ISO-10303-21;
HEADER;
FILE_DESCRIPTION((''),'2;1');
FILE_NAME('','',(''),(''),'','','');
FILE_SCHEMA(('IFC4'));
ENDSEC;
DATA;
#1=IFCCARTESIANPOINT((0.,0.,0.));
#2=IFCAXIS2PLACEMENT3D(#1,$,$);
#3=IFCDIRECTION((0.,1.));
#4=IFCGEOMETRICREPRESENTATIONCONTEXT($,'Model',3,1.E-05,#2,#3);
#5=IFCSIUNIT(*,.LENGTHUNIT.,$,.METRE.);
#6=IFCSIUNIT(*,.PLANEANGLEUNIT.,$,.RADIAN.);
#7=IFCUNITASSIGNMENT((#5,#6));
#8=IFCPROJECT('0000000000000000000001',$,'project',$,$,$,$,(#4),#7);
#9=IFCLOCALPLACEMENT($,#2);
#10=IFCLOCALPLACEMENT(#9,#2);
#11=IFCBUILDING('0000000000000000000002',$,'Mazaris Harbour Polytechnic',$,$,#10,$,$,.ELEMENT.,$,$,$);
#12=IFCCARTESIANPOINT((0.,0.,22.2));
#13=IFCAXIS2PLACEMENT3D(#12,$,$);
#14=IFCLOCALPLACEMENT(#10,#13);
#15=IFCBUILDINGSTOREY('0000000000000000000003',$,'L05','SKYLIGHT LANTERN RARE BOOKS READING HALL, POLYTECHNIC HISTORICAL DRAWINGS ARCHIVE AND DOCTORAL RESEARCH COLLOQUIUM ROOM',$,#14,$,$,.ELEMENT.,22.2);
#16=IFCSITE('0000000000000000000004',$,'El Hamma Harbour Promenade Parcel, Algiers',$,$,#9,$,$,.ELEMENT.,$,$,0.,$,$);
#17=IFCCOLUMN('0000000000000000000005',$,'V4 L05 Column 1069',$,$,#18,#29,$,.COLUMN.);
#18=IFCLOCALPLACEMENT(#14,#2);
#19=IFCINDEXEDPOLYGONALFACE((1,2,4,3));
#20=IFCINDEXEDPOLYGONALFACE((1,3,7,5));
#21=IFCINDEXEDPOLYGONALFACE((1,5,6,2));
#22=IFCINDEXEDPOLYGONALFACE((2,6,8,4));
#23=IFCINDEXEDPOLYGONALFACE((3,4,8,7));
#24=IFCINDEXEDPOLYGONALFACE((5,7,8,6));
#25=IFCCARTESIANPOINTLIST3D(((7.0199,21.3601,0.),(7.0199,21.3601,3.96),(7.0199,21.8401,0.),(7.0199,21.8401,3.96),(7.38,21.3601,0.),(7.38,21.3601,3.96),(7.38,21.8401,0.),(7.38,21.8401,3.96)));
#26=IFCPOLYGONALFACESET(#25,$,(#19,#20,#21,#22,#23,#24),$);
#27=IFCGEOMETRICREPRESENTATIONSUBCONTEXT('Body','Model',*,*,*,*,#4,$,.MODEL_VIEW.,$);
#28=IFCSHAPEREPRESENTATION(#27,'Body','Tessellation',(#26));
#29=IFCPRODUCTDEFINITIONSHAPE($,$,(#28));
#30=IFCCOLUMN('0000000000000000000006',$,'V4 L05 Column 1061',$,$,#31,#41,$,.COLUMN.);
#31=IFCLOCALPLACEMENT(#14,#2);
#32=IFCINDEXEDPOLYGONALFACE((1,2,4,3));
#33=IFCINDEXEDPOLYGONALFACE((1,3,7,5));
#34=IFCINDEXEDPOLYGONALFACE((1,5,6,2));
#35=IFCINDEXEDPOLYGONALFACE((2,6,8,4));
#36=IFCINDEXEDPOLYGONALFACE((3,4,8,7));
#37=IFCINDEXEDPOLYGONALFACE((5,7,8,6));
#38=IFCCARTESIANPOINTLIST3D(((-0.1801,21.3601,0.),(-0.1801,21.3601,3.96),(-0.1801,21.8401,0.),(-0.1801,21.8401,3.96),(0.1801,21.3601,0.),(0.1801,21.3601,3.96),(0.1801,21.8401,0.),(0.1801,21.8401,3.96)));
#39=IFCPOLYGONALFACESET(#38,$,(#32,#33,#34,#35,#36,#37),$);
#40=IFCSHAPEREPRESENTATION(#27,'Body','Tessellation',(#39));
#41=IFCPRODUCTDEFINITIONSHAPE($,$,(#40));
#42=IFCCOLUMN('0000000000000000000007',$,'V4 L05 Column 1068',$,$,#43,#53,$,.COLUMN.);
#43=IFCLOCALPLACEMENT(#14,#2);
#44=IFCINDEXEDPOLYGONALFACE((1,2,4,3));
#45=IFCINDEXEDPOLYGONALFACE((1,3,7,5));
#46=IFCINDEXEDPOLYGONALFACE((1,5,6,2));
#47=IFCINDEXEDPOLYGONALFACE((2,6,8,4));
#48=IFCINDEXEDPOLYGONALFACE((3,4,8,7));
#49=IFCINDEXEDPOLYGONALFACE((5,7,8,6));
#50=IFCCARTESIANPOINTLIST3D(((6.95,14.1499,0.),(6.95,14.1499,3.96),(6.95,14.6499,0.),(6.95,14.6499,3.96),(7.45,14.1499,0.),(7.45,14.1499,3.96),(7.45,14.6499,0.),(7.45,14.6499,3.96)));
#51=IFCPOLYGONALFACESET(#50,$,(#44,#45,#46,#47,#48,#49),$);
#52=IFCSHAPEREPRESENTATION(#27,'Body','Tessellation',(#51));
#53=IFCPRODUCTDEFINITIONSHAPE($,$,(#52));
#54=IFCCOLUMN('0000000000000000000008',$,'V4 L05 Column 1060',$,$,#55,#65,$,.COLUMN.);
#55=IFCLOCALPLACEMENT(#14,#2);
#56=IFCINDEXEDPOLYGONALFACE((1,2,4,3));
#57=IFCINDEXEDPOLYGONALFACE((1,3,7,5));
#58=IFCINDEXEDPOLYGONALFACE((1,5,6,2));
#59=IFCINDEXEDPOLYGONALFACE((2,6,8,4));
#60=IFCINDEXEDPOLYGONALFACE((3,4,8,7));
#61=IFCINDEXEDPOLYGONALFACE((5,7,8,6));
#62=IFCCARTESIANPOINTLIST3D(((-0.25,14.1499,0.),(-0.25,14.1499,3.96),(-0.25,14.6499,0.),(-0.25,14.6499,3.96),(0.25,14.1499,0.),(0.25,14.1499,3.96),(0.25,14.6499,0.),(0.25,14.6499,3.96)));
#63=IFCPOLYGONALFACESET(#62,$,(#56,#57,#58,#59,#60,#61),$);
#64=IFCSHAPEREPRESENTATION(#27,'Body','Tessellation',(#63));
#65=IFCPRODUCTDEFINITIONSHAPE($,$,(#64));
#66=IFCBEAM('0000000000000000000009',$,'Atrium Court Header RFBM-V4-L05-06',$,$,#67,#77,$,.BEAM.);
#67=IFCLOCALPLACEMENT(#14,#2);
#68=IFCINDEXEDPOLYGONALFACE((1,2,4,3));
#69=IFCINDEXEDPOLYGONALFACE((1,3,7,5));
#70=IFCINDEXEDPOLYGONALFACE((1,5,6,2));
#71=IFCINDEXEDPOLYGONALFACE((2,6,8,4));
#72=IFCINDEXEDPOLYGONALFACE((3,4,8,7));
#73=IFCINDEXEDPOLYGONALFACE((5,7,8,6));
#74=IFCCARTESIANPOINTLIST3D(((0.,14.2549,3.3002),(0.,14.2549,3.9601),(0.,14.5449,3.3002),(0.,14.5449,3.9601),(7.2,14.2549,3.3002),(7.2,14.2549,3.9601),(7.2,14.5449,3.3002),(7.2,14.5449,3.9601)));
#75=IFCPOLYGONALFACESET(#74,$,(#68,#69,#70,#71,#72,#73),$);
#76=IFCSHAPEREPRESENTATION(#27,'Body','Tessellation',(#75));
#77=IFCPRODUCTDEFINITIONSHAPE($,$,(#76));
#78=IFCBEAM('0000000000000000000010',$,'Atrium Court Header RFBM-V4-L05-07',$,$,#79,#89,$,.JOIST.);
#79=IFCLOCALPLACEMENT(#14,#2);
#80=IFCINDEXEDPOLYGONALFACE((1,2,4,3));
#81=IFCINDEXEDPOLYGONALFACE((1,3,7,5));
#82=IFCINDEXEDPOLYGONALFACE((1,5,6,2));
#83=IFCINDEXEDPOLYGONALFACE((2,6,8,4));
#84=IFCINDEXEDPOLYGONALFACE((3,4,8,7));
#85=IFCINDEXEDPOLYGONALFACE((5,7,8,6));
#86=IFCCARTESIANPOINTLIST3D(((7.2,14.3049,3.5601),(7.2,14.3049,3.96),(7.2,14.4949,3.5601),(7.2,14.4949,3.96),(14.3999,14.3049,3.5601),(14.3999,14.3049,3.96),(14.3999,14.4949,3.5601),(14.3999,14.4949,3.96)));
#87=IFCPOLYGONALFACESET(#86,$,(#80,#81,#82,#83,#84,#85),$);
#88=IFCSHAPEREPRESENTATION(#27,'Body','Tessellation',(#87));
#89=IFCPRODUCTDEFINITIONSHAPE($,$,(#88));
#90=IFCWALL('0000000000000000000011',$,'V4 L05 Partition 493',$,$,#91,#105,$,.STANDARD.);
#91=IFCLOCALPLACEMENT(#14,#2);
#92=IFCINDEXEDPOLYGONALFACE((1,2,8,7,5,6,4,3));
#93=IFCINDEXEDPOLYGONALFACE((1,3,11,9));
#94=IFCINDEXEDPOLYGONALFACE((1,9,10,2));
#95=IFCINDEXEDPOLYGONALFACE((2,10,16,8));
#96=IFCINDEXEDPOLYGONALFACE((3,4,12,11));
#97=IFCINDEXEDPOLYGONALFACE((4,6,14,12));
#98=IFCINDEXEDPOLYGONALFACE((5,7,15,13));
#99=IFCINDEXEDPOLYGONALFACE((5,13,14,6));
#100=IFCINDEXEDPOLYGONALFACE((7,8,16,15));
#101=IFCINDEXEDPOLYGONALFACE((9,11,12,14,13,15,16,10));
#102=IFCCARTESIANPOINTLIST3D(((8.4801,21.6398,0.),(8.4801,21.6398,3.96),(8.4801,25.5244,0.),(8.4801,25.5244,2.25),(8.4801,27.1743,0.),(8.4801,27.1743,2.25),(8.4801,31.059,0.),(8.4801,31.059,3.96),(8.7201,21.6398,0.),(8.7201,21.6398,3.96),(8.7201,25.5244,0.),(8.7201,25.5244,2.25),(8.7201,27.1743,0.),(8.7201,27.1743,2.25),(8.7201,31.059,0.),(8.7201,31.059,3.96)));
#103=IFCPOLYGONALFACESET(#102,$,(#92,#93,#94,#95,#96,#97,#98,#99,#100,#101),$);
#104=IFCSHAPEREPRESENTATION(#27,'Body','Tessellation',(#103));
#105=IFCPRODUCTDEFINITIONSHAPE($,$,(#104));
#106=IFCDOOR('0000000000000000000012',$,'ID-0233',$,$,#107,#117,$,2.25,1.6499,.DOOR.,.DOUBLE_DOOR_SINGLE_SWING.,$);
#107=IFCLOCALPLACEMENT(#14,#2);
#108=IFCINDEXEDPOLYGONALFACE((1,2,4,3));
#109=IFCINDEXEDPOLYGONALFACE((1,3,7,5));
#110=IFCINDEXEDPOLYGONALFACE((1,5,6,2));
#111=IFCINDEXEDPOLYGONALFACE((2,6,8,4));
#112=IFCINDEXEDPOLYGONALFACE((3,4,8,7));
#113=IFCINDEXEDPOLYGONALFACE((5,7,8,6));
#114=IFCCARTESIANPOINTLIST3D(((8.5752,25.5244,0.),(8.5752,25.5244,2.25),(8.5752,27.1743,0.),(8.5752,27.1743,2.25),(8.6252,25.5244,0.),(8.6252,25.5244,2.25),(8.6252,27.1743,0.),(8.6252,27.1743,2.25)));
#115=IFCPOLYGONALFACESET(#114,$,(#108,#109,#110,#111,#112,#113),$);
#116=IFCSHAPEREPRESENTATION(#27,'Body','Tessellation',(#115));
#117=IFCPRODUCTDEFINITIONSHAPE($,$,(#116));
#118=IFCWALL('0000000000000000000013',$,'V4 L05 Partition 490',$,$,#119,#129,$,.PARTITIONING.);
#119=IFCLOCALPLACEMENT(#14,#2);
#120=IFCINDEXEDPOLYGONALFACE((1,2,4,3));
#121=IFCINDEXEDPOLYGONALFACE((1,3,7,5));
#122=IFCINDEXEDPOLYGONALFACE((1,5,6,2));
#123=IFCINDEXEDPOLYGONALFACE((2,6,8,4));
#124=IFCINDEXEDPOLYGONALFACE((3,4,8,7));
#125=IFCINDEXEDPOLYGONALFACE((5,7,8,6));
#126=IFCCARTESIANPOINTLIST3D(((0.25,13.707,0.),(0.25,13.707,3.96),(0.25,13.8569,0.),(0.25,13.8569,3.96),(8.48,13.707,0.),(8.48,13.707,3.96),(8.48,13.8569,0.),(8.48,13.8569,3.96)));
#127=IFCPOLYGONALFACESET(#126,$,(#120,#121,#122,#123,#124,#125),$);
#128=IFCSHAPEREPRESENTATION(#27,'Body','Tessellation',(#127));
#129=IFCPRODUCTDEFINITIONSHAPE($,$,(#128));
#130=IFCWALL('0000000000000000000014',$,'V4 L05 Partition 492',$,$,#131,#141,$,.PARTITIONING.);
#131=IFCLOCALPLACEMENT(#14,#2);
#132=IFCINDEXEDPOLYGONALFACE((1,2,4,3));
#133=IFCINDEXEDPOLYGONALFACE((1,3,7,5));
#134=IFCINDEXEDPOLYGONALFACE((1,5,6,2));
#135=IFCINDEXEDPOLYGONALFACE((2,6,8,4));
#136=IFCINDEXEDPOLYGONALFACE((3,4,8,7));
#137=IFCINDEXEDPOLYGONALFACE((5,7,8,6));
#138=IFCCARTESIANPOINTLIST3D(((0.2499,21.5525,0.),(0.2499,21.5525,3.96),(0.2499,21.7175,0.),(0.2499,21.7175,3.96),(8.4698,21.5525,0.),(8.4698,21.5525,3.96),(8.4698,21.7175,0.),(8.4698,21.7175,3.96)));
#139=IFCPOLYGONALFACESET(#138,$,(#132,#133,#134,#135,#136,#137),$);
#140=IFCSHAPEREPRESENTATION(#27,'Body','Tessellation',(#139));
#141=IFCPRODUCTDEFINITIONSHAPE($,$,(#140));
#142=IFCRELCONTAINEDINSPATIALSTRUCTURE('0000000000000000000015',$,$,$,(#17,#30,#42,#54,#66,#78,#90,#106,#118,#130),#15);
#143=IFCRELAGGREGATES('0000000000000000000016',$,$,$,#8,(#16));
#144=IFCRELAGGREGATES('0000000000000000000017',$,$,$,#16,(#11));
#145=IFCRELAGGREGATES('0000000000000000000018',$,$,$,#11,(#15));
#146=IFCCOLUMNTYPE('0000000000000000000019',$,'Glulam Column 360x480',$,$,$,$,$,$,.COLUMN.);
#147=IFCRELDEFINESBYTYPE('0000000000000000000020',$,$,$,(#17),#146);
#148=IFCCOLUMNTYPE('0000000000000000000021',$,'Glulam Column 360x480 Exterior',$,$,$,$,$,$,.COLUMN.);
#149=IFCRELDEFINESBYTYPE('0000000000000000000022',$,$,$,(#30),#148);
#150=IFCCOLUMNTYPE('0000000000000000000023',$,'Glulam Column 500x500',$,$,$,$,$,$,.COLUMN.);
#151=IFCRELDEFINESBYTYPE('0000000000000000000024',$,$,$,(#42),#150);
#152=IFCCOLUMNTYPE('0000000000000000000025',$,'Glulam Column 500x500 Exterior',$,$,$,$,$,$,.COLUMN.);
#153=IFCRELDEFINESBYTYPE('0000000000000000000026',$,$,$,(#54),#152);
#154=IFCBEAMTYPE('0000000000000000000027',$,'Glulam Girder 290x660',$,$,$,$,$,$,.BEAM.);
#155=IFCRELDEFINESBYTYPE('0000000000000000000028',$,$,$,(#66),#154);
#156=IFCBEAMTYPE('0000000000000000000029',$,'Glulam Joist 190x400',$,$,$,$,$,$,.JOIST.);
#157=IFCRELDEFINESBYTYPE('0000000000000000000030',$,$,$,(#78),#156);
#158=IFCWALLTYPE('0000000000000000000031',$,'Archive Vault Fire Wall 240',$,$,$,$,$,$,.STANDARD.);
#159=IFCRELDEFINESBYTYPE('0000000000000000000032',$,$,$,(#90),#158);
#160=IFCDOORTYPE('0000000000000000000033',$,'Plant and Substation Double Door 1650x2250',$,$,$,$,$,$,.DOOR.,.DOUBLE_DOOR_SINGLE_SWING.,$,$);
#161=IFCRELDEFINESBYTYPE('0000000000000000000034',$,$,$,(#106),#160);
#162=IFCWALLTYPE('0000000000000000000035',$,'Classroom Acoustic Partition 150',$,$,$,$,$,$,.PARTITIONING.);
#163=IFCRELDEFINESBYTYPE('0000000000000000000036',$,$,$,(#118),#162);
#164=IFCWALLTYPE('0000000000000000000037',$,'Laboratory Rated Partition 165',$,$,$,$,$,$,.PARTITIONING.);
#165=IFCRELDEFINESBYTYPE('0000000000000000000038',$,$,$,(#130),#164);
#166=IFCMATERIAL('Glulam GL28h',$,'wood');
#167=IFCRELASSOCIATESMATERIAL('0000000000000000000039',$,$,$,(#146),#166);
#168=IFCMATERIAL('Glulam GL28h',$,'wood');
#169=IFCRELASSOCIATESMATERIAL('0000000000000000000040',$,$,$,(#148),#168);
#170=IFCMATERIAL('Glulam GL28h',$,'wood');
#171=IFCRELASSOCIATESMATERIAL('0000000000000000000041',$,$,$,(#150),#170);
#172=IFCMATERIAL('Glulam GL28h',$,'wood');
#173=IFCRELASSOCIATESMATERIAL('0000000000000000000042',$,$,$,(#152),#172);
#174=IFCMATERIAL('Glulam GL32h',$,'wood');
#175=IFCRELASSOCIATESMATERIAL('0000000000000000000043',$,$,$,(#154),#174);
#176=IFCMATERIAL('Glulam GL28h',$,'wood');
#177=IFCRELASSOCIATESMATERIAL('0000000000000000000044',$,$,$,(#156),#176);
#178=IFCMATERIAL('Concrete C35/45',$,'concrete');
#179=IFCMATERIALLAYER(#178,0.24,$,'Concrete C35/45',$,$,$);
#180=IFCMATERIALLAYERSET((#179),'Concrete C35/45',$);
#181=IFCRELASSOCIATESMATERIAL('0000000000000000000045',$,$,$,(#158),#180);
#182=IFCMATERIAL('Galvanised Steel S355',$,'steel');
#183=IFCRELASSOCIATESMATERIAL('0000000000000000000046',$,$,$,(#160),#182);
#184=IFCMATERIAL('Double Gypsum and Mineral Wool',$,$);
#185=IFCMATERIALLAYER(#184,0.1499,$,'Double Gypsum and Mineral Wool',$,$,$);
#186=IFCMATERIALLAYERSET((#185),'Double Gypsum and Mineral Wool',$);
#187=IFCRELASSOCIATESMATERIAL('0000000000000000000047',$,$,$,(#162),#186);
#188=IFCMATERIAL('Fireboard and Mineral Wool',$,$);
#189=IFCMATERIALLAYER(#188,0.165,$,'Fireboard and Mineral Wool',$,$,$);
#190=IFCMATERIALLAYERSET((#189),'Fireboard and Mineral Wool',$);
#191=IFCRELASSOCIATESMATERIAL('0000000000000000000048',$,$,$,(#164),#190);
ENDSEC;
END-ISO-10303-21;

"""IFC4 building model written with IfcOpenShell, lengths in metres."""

from ifc_helpers import new_model, si_unit, direction, frame, frame_2d, origin, origin_2d, place, context, subcontext, project, spatial, rectangle, extrude, material, layer, layer_set, material_profile, profile_set, type_object, element, fill, save


model = new_model("IFC4")

# Units and contexts
model_context = context("Model", 3, precision=1e-05, world=origin(), true_north=direction((0.0, 1.0)))
body_context = subcontext(model_context, "Body", "Model", "MODEL_VIEW")
ifc_project = project(units=[si_unit("LENGTHUNIT", "METRE"), si_unit("PLANEANGLEUNIT", "RADIAN")], contexts=[model_context])

# Site, building, storey
site_placement = place(None, origin())
site = spatial("IfcSite", under=ifc_project, at=site_placement, Name="El Hamma Harbour Promenade Parcel, Algiers", CompositionType="ELEMENT", RefElevation=0.0)
building_placement = place(site_placement, origin())
building = spatial("IfcBuilding", under=site, at=building_placement, Name="Mazaris Harbour Polytechnic", CompositionType="ELEMENT")
storey_placement = place(building_placement, frame((0.0, 0.0, 22.2)))
storey = spatial("IfcBuildingStorey", under=building, at=storey_placement, Name="L05", Description="SKYLIGHT LANTERN RARE BOOKS READING HALL, POLYTECHNIC HISTORICAL DRAWINGS ARCHIVE AND DOCTORAL RESEARCH COLLOQUIUM ROOM", CompositionType="ELEMENT", Elevation=22.2)

# Columns
ifc_material_1 = material(Name="Glulam GL28h", Category="wood")
ifc_material_profile_1 = material_profile(ifc_material_1, rectangle(XDim=0.3601, YDim=0.48, at=origin_2d()), Name="RECT360x480")
ifc_profile_set_1 = profile_set([ifc_material_profile_1], Name="Glulam GL28h")
column_type_1 = type_object("IfcColumnType", Name="Glulam Column 360x480", PredefinedType="COLUMN", material=ifc_profile_set_1)
column_1_placement = place(storey_placement, frame((7.2, 21.6001, 0.0), z_axis=(0.0, 0.0, 1.0), x_axis=(1.0, 0.0, 0.0)))
element("IfcColumn", 1, at=column_1_placement, inside=storey, type_object=column_type_1, Name="V4 L05 Column 1069", PredefinedType="COLUMN", context=body_context, shape_type="SweptSolid", body=[
    extrude(rectangle(XDim=0.3601, YDim=0.48, at=origin_2d()), origin(), (0.0, 0.0, 1.0), 3.96),
])
ifc_material_2 = material(Name="Glulam GL28h", Category="wood")
ifc_material_profile_2 = material_profile(ifc_material_2, rectangle(XDim=0.3601, YDim=0.48, at=origin_2d()), Name="RECT360x480")
ifc_profile_set_2 = profile_set([ifc_material_profile_2], Name="Glulam GL28h")
column_type_2 = type_object("IfcColumnType", Name="Glulam Column 360x480 Exterior", PredefinedType="COLUMN", material=ifc_profile_set_2)
column_2_placement = place(storey_placement, frame((0.0, 21.6001, 0.0), z_axis=(0.0, 0.0, 1.0), x_axis=(1.0, 0.0, 0.0)))
element("IfcColumn", 2, at=column_2_placement, inside=storey, type_object=column_type_2, Name="V4 L05 Column 1061", PredefinedType="COLUMN", context=body_context, shape_type="SweptSolid", body=[
    extrude(rectangle(XDim=0.3601, YDim=0.48, at=origin_2d()), origin(), (0.0, 0.0, 1.0), 3.96),
])
ifc_material_3 = material(Name="Glulam GL28h", Category="wood")
ifc_material_profile_3 = material_profile(ifc_material_3, rectangle(XDim=0.5, YDim=0.5, at=origin_2d()), Name="RECT500x500")
ifc_profile_set_3 = profile_set([ifc_material_profile_3], Name="Glulam GL28h")
column_type_3 = type_object("IfcColumnType", Name="Glulam Column 500x500", PredefinedType="COLUMN", material=ifc_profile_set_3)
column_3_placement = place(storey_placement, frame((7.2, 14.3999, 0.0), z_axis=(0.0, 0.0, 1.0), x_axis=(1.0, 0.0, 0.0)))
element("IfcColumn", 3, at=column_3_placement, inside=storey, type_object=column_type_3, Name="V4 L05 Column 1068", PredefinedType="COLUMN", context=body_context, shape_type="SweptSolid", body=[
    extrude(rectangle(XDim=0.5, YDim=0.5, at=origin_2d()), origin(), (0.0, 0.0, 1.0), 3.96),
])
ifc_material_4 = material(Name="Glulam GL28h", Category="wood")
ifc_material_profile_4 = material_profile(ifc_material_4, rectangle(XDim=0.5, YDim=0.5, at=origin_2d()), Name="RECT500x500")
ifc_profile_set_4 = profile_set([ifc_material_profile_4], Name="Glulam GL28h")
column_type_4 = type_object("IfcColumnType", Name="Glulam Column 500x500 Exterior", PredefinedType="COLUMN", material=ifc_profile_set_4)
column_4_placement = place(storey_placement, frame((0.0, 14.3999, 0.0), z_axis=(0.0, 0.0, 1.0), x_axis=(1.0, 0.0, 0.0)))
element("IfcColumn", 4, at=column_4_placement, inside=storey, type_object=column_type_4, Name="V4 L05 Column 1060", PredefinedType="COLUMN", context=body_context, shape_type="SweptSolid", body=[
    extrude(rectangle(XDim=0.5, YDim=0.5, at=origin_2d()), origin(), (0.0, 0.0, 1.0), 3.96),
])

# Beams
ifc_material_5 = material(Name="Glulam GL32h", Category="wood")
ifc_material_profile_5 = material_profile(ifc_material_5, rectangle(XDim=0.29, YDim=0.6599, at=origin_2d()), Name="RECT290x660")
ifc_profile_set_5 = profile_set([ifc_material_profile_5], Name="Glulam GL32h")
beam_type_1 = type_object("IfcBeamType", Name="Glulam Girder 290x660", PredefinedType="BEAM", material=ifc_profile_set_5)
beam_1_placement = place(storey_placement, frame((0.0, 14.3999, 3.6301), z_axis=(1.0, 0.0, 0.0), x_axis=(0.0, 1.0, 0.0)))
element("IfcBeam", 5, at=beam_1_placement, inside=storey, type_object=beam_type_1, Name="Atrium Court Header RFBM-V4-L05-06", PredefinedType="BEAM", context=body_context, shape_type="SweptSolid", body=[
    extrude(rectangle(XDim=0.29, YDim=0.6599, at=origin_2d()), origin(), (0.0, 0.0, 1.0), 7.2),
])
ifc_material_6 = material(Name="Glulam GL28h", Category="wood")
ifc_material_profile_6 = material_profile(ifc_material_6, rectangle(XDim=0.1899, YDim=0.3999, at=origin_2d()), Name="RECT190x400")
ifc_profile_set_6 = profile_set([ifc_material_profile_6], Name="Glulam GL28h")
beam_type_2 = type_object("IfcBeamType", Name="Glulam Joist 190x400", PredefinedType="JOIST", material=ifc_profile_set_6)
beam_2_placement = place(storey_placement, frame((7.2, 14.3999, 3.76), z_axis=(1.0, 0.0, 0.0), x_axis=(0.0, 1.0, 0.0)))
element("IfcBeam", 6, at=beam_2_placement, inside=storey, type_object=beam_type_2, Name="Atrium Court Header RFBM-V4-L05-07", PredefinedType="JOIST", context=body_context, shape_type="SweptSolid", body=[
    extrude(rectangle(XDim=0.1899, YDim=0.3999, at=origin_2d()), origin(), (0.0, 0.0, 1.0), 7.2),
])

# Wall, opening, door
ifc_material_7 = material(Name="Concrete C35/45", Category="concrete")
ifc_layer_1 = layer(ifc_material_7, 0.24, Name="Concrete C35/45")
ifc_layer_set_1 = layer_set([ifc_layer_1], Name="Concrete C35/45")
wall_type_1 = type_object("IfcWallType", Name="Archive Vault Fire Wall 240", PredefinedType="STANDARD", material=ifc_layer_set_1)
wall_1_placement = place(storey_placement, frame((8.6001, 21.6399, 0.0), z_axis=(0.0, 0.0, 1.0), x_axis=(0.0, 1.0, 0.0)))
wall_1 = element("IfcWall", 7, at=wall_1_placement, inside=storey, type_object=wall_type_1, Name="V4 L05 Partition 493", PredefinedType="STANDARD", context=body_context, shape_type="SweptSolid", body=[
    extrude(rectangle(XDim=9.4192, YDim=0.24, at=frame_2d((4.7095, 0.0))), origin(), (0.0, 0.0, 1.0), 3.96),
])
opening_1_placement = place(wall_1_placement, frame((3.8845, 0.0, 0.0)))
opening_1 = element("IfcOpeningElement", 8, at=opening_1_placement, cuts=wall_1, PredefinedType="OPENING", context=body_context, shape_type="SweptSolid", body=[
    extrude(rectangle(XDim=1.6499, YDim=2.25, at=frame_2d((0.825, 1.125))), frame((0.0, 0.1299, 0.0), z_axis=(0.0, -1.0, 0.0), x_axis=(1.0, 0.0, 0.0)), (0.0, 0.0, 1.0), 0.26),
])
ifc_material_8 = material(Name="Galvanised Steel S355", Category="steel")
door_type_1 = type_object("IfcDoorType", Name="Plant and Substation Double Door 1650x2250", OperationType="DOUBLE_DOOR_SINGLE_SWING", PredefinedType="DOOR", material=ifc_material_8)
door_1_placement = place(opening_1_placement, origin())
door_1 = element("IfcDoor", 9, at=door_1_placement, inside=storey, type_object=door_type_1, Name="ID-0233", OperationType="DOUBLE_DOOR_SINGLE_SWING", OverallHeight=2.25, OverallWidth=1.6499, PredefinedType="DOOR", context=body_context, shape_type="SweptSolid", body=[
    extrude(rectangle(XDim=1.6499, YDim=2.25, at=frame_2d((0.825, 1.125))), frame((0.0, 0.0249, 0.0), z_axis=(0.0, -1.0, 0.0), x_axis=(1.0, 0.0, 0.0)), (0.0, 0.0, 1.0), 0.05),
])
fill(opening_1, door_1)

# Walls
ifc_material_9 = material(Name="Double Gypsum and Mineral Wool")
ifc_layer_2 = layer(ifc_material_9, 0.1499, Name="Double Gypsum and Mineral Wool")
ifc_layer_set_2 = layer_set([ifc_layer_2], Name="Double Gypsum and Mineral Wool")
wall_type_2 = type_object("IfcWallType", Name="Classroom Acoustic Partition 150", PredefinedType="PARTITIONING", material=ifc_layer_set_2)
wall_2_placement = place(storey_placement, frame((0.25, 13.782, 0.0), z_axis=(0.0, 0.0, 1.0), x_axis=(1.0, 0.0, 0.0)))
element("IfcWall", 10, at=wall_2_placement, inside=storey, type_object=wall_type_2, Name="V4 L05 Partition 490", PredefinedType="PARTITIONING", context=body_context, shape_type="SweptSolid", body=[
    extrude(rectangle(XDim=8.23, YDim=0.1499, at=frame_2d((4.115, 0.0))), origin(), (0.0, 0.0, 1.0), 3.96),
])
ifc_material_10 = material(Name="Fireboard and Mineral Wool")
ifc_layer_3 = layer(ifc_material_10, 0.165, Name="Fireboard and Mineral Wool")
ifc_layer_set_3 = layer_set([ifc_layer_3], Name="Fireboard and Mineral Wool")
wall_type_3 = type_object("IfcWallType", Name="Laboratory Rated Partition 165", PredefinedType="PARTITIONING", material=ifc_layer_set_3)
wall_3_placement = place(storey_placement, frame((0.25, 21.635, 0.0), z_axis=(0.0, 0.0, 1.0), x_axis=(1.0, 0.0, 0.0)))
element("IfcWall", 11, at=wall_3_placement, inside=storey, type_object=wall_type_3, Name="V4 L05 Partition 492", PredefinedType="PARTITIONING", context=body_context, shape_type="SweptSolid", body=[
    extrude(rectangle(XDim=8.22, YDim=0.165, at=frame_2d((4.1099, 0.0))), origin(), (0.0, 0.0, 1.0), 3.96),
])

save(model, "model.ifc")
